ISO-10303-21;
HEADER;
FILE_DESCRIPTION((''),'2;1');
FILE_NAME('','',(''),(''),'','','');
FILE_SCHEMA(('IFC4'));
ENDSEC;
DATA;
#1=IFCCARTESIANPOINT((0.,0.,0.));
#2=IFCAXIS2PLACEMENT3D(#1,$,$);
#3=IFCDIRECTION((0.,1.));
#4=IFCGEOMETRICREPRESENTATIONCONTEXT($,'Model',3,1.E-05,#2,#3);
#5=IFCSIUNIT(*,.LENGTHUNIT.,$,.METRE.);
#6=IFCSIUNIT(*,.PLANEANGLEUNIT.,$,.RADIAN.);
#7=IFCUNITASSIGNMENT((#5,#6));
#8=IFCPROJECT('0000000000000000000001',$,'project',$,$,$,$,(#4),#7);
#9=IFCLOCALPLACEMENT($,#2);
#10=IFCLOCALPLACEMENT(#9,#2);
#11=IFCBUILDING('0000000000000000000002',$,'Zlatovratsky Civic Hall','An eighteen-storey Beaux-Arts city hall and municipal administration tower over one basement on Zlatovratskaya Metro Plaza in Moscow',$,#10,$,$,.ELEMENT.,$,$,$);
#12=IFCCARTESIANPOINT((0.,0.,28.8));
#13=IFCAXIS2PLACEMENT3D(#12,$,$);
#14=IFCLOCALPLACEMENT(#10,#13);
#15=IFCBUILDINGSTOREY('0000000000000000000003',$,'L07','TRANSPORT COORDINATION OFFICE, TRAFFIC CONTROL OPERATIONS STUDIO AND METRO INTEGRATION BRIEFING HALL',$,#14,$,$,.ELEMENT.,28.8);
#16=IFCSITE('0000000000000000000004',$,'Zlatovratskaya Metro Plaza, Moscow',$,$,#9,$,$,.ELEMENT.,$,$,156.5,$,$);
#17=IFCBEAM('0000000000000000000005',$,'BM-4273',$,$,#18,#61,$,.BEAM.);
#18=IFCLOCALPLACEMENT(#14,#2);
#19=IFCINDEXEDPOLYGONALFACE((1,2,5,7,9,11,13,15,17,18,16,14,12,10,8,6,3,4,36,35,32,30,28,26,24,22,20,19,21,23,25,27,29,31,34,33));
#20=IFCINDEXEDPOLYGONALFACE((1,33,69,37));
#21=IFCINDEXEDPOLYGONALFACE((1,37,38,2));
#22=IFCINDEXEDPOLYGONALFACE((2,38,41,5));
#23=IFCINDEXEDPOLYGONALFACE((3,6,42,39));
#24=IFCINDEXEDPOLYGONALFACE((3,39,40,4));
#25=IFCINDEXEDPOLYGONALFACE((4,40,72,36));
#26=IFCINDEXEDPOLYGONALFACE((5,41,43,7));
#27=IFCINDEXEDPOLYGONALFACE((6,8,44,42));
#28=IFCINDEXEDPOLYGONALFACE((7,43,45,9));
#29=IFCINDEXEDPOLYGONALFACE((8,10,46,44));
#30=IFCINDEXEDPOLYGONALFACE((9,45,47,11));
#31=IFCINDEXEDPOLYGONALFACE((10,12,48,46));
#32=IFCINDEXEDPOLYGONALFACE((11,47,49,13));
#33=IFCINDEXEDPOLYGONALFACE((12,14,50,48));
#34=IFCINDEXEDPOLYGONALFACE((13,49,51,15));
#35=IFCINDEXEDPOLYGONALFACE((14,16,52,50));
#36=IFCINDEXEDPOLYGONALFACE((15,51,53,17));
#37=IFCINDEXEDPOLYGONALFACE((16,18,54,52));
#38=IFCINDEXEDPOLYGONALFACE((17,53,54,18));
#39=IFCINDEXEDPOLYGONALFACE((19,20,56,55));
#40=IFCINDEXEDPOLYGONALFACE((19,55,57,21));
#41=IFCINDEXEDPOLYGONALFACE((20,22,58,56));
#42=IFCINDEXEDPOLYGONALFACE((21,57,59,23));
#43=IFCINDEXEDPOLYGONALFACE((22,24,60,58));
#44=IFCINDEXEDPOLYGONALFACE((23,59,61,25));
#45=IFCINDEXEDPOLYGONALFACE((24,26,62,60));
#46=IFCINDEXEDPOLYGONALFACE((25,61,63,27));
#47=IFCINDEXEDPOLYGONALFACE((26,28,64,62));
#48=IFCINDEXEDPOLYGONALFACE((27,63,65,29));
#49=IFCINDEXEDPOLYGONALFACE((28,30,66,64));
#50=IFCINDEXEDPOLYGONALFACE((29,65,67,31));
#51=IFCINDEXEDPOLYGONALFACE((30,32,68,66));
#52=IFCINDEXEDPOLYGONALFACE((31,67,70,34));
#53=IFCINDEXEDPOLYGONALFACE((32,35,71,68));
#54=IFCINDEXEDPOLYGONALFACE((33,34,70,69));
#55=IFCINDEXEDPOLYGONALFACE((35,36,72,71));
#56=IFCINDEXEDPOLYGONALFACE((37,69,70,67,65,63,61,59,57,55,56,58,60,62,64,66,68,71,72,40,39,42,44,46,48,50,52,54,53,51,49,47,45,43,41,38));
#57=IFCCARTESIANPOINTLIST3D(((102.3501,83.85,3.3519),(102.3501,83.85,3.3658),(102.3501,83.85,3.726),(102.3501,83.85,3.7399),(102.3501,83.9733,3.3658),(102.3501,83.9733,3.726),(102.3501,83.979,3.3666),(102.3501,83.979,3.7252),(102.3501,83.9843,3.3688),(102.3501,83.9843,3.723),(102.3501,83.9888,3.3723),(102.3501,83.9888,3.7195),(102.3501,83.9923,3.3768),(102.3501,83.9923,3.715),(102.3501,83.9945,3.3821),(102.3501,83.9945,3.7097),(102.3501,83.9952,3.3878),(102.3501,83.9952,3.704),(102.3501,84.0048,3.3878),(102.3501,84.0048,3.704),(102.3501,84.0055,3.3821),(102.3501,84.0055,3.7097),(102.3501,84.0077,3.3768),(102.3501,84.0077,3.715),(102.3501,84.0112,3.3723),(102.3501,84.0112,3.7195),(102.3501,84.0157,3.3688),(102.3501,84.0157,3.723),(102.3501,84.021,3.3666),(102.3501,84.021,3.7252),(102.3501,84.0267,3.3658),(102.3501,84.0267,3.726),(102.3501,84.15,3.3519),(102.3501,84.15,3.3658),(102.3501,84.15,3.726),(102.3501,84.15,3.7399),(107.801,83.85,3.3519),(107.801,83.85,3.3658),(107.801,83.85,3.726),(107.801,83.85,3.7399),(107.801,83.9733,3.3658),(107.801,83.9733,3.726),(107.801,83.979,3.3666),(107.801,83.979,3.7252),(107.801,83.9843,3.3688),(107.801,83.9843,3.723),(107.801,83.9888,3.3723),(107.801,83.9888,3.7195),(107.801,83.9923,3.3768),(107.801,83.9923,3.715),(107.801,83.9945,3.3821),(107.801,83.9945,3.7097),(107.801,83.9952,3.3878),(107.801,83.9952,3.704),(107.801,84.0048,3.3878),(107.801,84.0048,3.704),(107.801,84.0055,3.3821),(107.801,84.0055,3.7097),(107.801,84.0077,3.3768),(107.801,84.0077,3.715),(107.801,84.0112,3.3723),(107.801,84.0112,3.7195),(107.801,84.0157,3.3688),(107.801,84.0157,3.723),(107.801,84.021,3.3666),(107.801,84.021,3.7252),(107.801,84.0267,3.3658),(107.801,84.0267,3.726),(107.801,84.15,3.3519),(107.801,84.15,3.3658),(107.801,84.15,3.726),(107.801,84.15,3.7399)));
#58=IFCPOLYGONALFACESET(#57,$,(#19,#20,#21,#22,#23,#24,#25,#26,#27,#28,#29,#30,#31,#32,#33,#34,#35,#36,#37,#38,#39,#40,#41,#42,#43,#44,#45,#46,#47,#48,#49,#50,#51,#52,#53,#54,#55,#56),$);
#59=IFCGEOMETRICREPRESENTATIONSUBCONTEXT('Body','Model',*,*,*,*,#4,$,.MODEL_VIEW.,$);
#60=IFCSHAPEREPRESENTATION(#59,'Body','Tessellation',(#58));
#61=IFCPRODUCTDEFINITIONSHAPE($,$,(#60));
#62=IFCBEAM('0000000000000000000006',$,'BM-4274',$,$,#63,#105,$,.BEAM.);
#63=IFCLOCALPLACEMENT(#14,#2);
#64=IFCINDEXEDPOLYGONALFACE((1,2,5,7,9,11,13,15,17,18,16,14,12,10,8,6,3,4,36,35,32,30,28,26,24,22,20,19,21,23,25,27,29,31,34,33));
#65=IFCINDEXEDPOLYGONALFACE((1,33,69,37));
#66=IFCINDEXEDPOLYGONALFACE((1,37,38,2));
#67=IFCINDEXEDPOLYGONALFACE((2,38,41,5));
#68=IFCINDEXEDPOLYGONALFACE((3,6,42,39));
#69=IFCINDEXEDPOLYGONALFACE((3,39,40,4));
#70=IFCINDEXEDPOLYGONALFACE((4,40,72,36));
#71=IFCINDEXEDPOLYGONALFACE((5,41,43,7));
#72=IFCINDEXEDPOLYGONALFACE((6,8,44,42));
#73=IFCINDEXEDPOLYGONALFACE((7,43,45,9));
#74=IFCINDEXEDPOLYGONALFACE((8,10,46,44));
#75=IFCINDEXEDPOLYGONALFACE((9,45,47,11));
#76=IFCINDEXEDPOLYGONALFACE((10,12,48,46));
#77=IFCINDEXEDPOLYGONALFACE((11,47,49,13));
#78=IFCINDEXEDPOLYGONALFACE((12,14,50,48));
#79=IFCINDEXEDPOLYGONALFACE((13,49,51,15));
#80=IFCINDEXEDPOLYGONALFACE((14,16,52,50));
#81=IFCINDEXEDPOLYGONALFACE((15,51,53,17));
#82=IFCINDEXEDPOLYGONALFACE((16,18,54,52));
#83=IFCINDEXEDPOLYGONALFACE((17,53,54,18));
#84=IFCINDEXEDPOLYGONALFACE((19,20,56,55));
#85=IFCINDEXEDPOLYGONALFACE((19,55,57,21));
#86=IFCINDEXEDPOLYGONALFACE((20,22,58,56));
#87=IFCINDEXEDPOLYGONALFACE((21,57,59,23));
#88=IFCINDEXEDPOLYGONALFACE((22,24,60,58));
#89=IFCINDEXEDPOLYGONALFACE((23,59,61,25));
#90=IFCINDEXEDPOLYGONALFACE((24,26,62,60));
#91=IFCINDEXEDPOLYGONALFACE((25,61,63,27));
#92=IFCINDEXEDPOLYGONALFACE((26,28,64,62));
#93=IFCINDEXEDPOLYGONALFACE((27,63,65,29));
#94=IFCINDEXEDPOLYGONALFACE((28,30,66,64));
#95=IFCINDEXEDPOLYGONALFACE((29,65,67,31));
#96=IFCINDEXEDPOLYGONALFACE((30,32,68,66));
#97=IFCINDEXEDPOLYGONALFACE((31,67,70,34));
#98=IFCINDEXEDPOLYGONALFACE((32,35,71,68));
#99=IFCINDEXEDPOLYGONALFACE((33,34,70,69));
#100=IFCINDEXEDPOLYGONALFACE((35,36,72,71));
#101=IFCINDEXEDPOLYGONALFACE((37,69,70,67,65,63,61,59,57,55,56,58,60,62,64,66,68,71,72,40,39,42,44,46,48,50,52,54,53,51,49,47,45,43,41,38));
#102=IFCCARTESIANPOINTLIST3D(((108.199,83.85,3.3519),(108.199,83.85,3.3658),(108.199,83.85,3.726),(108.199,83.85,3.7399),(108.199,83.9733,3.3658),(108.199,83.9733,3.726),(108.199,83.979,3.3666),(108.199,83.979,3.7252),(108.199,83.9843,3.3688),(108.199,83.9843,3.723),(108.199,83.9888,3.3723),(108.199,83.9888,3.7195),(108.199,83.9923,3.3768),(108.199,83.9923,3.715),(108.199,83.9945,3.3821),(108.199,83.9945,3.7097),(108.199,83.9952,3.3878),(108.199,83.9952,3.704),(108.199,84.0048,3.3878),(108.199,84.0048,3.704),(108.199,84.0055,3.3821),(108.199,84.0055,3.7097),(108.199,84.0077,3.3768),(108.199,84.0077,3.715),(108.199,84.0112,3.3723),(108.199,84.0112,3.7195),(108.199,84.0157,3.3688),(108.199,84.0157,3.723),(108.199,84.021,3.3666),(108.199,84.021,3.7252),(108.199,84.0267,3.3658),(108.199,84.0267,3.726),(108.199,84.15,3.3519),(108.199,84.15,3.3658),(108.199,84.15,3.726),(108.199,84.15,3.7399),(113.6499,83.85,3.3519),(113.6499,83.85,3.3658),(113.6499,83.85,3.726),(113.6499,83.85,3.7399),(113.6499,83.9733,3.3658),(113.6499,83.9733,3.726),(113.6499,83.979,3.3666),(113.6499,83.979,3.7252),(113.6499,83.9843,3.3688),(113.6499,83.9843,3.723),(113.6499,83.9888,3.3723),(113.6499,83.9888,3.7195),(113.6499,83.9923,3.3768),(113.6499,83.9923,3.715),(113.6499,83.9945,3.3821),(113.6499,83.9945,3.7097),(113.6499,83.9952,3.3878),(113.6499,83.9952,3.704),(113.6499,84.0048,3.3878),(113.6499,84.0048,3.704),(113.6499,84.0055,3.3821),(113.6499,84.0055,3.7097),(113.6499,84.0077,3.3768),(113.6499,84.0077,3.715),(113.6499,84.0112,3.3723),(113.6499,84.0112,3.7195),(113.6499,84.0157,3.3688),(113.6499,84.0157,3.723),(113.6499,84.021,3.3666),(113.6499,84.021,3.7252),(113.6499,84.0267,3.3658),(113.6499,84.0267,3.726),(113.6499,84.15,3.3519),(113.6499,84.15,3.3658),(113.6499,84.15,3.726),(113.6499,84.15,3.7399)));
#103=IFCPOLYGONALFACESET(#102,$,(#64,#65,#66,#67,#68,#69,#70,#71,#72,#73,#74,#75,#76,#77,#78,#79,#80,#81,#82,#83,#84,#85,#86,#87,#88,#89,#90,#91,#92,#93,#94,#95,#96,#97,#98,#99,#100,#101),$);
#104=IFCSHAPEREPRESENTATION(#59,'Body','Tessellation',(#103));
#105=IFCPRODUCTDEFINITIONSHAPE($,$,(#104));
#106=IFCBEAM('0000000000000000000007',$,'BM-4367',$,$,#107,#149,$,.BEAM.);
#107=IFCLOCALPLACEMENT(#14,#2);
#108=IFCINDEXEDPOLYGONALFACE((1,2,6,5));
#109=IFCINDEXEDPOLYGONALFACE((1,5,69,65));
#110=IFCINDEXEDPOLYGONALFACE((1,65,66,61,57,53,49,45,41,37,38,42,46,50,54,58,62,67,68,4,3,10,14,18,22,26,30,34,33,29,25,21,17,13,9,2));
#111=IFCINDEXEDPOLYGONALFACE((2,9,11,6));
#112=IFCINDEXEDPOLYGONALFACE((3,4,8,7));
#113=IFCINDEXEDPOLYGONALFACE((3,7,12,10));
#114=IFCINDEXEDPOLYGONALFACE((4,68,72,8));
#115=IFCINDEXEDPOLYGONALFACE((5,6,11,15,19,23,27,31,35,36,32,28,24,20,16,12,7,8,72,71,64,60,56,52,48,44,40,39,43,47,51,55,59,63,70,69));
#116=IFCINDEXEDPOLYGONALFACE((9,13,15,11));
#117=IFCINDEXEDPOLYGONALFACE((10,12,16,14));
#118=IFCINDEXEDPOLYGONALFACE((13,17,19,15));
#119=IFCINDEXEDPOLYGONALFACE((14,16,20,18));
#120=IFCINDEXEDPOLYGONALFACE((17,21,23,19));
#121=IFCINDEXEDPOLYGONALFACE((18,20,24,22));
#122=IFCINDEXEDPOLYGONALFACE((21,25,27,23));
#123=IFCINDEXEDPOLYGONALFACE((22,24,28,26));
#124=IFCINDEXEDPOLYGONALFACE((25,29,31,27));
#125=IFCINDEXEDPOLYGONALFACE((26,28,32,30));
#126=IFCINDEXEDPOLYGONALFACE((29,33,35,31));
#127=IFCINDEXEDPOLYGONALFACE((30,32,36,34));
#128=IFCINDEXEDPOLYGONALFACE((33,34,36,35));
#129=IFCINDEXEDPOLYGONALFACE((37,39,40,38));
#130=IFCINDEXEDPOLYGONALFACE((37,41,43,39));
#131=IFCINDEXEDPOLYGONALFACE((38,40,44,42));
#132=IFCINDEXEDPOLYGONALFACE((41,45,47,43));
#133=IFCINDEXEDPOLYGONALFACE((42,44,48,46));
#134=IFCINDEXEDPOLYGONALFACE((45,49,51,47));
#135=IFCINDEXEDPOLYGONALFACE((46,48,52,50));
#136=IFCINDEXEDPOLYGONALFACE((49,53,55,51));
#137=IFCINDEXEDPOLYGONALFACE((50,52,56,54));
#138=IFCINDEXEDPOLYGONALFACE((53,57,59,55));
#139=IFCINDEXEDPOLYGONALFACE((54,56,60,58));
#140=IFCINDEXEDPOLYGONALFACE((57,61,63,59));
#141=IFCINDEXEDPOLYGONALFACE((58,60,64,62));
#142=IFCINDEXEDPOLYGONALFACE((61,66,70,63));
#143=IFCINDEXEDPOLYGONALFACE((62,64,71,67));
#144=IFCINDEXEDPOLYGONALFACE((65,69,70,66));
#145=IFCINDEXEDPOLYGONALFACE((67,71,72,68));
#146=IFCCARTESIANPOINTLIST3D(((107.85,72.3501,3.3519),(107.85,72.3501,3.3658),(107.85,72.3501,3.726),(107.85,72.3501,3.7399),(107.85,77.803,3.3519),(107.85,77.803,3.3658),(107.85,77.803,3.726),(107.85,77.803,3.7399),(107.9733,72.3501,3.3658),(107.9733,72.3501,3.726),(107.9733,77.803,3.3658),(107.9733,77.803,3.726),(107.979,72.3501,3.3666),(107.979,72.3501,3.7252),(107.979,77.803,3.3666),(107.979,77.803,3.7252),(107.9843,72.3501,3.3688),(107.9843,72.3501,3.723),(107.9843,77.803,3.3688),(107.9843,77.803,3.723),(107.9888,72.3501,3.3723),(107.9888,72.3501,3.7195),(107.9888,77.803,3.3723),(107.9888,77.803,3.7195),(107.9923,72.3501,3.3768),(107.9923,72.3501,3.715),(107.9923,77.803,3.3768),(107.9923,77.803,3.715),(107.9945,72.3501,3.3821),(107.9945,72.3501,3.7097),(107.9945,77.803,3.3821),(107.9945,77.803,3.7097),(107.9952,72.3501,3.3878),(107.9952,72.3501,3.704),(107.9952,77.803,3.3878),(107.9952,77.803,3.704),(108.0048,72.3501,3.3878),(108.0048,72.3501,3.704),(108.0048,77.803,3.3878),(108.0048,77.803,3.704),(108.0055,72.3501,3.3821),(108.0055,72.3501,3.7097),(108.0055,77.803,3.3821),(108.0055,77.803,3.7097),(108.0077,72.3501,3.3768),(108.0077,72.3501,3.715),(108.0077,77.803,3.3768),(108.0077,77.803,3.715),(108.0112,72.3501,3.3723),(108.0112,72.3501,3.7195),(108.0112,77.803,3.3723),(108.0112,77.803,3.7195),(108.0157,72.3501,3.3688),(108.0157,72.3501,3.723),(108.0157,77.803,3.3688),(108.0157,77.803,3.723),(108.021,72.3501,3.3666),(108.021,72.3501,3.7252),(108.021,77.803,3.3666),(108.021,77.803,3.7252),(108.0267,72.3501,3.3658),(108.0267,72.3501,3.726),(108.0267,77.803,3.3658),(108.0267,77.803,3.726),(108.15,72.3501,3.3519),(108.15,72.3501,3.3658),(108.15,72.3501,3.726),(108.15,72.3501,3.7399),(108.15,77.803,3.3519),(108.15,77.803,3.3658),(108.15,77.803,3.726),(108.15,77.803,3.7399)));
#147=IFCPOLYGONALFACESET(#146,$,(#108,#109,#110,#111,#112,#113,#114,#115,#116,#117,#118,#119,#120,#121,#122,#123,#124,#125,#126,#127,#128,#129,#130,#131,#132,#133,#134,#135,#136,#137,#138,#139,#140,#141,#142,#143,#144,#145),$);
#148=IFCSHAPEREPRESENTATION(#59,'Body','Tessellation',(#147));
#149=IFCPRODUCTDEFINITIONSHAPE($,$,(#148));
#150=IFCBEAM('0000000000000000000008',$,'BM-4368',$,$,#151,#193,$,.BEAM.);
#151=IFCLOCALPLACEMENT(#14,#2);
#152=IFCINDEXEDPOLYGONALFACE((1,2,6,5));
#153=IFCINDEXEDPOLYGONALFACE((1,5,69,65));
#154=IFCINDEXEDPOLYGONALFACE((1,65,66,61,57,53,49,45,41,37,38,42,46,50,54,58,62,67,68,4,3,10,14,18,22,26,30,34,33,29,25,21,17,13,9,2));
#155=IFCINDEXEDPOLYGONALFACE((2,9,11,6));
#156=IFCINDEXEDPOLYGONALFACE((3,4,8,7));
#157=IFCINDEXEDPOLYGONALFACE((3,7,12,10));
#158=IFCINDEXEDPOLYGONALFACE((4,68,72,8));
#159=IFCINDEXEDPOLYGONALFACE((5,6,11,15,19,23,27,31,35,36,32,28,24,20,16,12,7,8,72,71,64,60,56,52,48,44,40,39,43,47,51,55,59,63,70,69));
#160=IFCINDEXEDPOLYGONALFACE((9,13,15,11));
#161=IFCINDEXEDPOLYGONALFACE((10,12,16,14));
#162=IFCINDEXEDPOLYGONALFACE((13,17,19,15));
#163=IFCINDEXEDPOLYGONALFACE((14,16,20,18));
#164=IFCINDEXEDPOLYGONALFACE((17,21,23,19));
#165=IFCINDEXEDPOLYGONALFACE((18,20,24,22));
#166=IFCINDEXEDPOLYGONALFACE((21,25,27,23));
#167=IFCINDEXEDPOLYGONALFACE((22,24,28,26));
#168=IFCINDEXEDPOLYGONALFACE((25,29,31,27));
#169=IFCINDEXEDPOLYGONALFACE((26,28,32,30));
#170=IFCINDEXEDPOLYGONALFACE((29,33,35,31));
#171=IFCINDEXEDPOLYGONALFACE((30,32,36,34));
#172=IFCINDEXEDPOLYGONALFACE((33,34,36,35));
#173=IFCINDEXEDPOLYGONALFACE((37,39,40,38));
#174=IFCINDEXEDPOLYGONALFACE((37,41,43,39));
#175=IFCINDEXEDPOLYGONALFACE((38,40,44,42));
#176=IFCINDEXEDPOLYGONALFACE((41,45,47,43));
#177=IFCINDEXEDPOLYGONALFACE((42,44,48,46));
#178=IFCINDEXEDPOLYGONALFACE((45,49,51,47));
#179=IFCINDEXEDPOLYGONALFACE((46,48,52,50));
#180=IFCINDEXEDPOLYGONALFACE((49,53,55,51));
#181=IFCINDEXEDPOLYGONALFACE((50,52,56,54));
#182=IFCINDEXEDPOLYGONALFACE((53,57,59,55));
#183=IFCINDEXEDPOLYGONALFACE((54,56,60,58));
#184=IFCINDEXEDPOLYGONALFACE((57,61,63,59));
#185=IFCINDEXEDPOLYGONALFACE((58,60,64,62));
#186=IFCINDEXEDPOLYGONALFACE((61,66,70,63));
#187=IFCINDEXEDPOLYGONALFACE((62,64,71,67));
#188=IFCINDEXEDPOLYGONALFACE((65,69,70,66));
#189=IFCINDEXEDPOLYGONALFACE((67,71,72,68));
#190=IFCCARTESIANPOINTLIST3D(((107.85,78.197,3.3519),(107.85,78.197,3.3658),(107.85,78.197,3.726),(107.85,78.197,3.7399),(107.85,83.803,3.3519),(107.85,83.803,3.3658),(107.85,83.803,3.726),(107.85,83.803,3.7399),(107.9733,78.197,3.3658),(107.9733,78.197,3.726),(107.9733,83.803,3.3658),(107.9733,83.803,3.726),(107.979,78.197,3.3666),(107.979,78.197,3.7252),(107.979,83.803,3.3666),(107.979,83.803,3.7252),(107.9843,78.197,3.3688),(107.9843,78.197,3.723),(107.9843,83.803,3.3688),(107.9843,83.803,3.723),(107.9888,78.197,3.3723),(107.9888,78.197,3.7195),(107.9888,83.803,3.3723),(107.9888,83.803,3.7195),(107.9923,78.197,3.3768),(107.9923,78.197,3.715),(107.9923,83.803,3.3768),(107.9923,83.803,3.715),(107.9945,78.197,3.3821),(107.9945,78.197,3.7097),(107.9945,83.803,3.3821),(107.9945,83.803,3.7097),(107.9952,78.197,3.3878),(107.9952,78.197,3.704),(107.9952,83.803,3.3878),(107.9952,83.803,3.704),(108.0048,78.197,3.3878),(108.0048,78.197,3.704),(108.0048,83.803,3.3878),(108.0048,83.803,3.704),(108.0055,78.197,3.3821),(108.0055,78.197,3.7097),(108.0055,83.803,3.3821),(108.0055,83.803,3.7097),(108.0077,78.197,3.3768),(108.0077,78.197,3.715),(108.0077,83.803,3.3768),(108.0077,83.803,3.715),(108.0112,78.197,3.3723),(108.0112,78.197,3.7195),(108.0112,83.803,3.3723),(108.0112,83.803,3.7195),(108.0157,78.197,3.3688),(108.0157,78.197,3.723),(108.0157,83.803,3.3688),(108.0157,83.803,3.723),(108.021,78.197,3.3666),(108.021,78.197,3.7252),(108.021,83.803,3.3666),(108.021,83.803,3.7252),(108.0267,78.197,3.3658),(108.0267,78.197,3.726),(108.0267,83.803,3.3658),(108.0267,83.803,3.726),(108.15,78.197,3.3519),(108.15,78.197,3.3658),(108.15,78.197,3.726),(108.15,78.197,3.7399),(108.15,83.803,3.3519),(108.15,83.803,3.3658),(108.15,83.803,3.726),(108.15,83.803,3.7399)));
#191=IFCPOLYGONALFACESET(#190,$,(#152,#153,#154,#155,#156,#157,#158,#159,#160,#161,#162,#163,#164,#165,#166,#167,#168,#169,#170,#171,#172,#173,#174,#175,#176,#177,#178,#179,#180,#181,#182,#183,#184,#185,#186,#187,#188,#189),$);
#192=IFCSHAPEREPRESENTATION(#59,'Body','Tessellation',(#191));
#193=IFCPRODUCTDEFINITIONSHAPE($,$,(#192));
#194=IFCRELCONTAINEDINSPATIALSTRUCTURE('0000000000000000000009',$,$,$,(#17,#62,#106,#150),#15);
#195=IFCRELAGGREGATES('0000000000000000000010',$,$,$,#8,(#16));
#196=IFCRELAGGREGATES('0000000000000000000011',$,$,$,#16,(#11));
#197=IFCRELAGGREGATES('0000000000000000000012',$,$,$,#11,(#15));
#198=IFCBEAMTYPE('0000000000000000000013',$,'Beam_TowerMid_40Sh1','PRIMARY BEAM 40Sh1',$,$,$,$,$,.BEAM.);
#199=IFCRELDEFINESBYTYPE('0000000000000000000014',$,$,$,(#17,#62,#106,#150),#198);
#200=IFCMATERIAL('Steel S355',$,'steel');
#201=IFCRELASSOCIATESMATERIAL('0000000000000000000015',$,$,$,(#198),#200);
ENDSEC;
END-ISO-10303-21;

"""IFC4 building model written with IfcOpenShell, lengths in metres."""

from ifc_helpers import new_model, si_unit, direction, frame, origin, origin_2d, place, context, subcontext, project, spatial, i_section, extrude, material, material_profile, profile_set, type_object, element, save


model = new_model("IFC4")

# Units and contexts
model_context = context("Model", 3, precision=1e-05, world=origin(), true_north=direction((0.0, 1.0)))
body_context = subcontext(model_context, "Body", "Model", "MODEL_VIEW")
ifc_project = project(units=[si_unit("LENGTHUNIT", "METRE"), si_unit("PLANEANGLEUNIT", "RADIAN")], contexts=[model_context])

# Site, building, storey
site_placement = place(None, origin())
site = spatial("IfcSite", under=ifc_project, at=site_placement, Name="Zlatovratskaya Metro Plaza, Moscow", CompositionType="ELEMENT", RefElevation=156.5)
building_placement = place(site_placement, origin())
building = spatial("IfcBuilding", under=site, at=building_placement, Name="Zlatovratsky Civic Hall", Description="An eighteen-storey Beaux-Arts city hall and municipal administration tower over one basement on Zlatovratskaya Metro Plaza in Moscow", CompositionType="ELEMENT")
storey_placement = place(building_placement, frame((0.0, 0.0, 28.8)))
storey = spatial("IfcBuildingStorey", under=building, at=storey_placement, Name="L07", Description="TRANSPORT COORDINATION OFFICE, TRAFFIC CONTROL OPERATIONS STUDIO AND METRO INTEGRATION BRIEFING HALL", CompositionType="ELEMENT", Elevation=28.8)

# Shared definitions
ifc_material_1 = material(Name="Steel S355", Category="steel")

# Beams
ifc_material_profile_1 = material_profile(ifc_material_1, i_section(OverallWidth=0.3, OverallDepth=0.3879, WebThickness=0.0095, FlangeThickness=0.0139, FilletRadius=0.022, at=origin_2d()), Name="40Sh1")
ifc_profile_set_1 = profile_set([ifc_material_profile_1], Name="Steel S355")
beam_type_1 = type_object("IfcBeamType", Name="Beam_TowerMid_40Sh1", Description="PRIMARY BEAM 40Sh1", PredefinedType="BEAM", material=ifc_profile_set_1)
for number, where, z_axis, x_axis, name in (
    (1, (102.3501, 84.0, 3.5459), (1.0, 0.0, 0.0), (0.0, 1.0, 0.0), "BM-4273"),
    (2, (108.199, 84.0, 3.5459), (1.0, 0.0, 0.0), (0.0, 1.0, 0.0), "BM-4274"),
):
    element("IfcBeam", number, at=place(storey_placement, frame(where, z_axis=z_axis, x_axis=x_axis)), inside=storey, type_object=beam_type_1, Name=name, PredefinedType="BEAM", context=body_context, shape_type="SweptSolid", body=[
        extrude(i_section(OverallWidth=0.3, OverallDepth=0.3879, WebThickness=0.0095, FlangeThickness=0.0139, FilletRadius=0.022, at=origin_2d()), origin(), (0.0, 0.0, 1.0), 5.4509),
    ])
beam_placement = place(storey_placement, frame((108.0, 72.3501, 3.5459), z_axis=(0.0, 1.0, 0.0), x_axis=(-1.0, 0.0, 0.0)))
element("IfcBeam", 3, at=beam_placement, inside=storey, type_object=beam_type_1, Name="BM-4367", PredefinedType="BEAM", context=body_context, shape_type="SweptSolid", body=[
    extrude(i_section(OverallWidth=0.3, OverallDepth=0.3879, WebThickness=0.0095, FlangeThickness=0.0139, FilletRadius=0.022, at=origin_2d()), origin(), (0.0, 0.0, 1.0), 5.4529),
])
for number, where, z_axis, x_axis, name in (
    (4, (108.0, 78.197, 3.5459), (0.0, 1.0, 0.0), (-1.0, 0.0, 0.0), "BM-4368"),
):
    element("IfcBeam", number, at=place(storey_placement, frame(where, z_axis=z_axis, x_axis=x_axis)), inside=storey, type_object=beam_type_1, Name=name, PredefinedType="BEAM", context=body_context, shape_type="SweptSolid", body=[
        extrude(i_section(OverallWidth=0.3, OverallDepth=0.3879, WebThickness=0.0095, FlangeThickness=0.0139, FilletRadius=0.022, at=origin_2d()), origin(), (0.0, 0.0, 1.0), 5.606),
    ])

save(model, "model.ifc")
